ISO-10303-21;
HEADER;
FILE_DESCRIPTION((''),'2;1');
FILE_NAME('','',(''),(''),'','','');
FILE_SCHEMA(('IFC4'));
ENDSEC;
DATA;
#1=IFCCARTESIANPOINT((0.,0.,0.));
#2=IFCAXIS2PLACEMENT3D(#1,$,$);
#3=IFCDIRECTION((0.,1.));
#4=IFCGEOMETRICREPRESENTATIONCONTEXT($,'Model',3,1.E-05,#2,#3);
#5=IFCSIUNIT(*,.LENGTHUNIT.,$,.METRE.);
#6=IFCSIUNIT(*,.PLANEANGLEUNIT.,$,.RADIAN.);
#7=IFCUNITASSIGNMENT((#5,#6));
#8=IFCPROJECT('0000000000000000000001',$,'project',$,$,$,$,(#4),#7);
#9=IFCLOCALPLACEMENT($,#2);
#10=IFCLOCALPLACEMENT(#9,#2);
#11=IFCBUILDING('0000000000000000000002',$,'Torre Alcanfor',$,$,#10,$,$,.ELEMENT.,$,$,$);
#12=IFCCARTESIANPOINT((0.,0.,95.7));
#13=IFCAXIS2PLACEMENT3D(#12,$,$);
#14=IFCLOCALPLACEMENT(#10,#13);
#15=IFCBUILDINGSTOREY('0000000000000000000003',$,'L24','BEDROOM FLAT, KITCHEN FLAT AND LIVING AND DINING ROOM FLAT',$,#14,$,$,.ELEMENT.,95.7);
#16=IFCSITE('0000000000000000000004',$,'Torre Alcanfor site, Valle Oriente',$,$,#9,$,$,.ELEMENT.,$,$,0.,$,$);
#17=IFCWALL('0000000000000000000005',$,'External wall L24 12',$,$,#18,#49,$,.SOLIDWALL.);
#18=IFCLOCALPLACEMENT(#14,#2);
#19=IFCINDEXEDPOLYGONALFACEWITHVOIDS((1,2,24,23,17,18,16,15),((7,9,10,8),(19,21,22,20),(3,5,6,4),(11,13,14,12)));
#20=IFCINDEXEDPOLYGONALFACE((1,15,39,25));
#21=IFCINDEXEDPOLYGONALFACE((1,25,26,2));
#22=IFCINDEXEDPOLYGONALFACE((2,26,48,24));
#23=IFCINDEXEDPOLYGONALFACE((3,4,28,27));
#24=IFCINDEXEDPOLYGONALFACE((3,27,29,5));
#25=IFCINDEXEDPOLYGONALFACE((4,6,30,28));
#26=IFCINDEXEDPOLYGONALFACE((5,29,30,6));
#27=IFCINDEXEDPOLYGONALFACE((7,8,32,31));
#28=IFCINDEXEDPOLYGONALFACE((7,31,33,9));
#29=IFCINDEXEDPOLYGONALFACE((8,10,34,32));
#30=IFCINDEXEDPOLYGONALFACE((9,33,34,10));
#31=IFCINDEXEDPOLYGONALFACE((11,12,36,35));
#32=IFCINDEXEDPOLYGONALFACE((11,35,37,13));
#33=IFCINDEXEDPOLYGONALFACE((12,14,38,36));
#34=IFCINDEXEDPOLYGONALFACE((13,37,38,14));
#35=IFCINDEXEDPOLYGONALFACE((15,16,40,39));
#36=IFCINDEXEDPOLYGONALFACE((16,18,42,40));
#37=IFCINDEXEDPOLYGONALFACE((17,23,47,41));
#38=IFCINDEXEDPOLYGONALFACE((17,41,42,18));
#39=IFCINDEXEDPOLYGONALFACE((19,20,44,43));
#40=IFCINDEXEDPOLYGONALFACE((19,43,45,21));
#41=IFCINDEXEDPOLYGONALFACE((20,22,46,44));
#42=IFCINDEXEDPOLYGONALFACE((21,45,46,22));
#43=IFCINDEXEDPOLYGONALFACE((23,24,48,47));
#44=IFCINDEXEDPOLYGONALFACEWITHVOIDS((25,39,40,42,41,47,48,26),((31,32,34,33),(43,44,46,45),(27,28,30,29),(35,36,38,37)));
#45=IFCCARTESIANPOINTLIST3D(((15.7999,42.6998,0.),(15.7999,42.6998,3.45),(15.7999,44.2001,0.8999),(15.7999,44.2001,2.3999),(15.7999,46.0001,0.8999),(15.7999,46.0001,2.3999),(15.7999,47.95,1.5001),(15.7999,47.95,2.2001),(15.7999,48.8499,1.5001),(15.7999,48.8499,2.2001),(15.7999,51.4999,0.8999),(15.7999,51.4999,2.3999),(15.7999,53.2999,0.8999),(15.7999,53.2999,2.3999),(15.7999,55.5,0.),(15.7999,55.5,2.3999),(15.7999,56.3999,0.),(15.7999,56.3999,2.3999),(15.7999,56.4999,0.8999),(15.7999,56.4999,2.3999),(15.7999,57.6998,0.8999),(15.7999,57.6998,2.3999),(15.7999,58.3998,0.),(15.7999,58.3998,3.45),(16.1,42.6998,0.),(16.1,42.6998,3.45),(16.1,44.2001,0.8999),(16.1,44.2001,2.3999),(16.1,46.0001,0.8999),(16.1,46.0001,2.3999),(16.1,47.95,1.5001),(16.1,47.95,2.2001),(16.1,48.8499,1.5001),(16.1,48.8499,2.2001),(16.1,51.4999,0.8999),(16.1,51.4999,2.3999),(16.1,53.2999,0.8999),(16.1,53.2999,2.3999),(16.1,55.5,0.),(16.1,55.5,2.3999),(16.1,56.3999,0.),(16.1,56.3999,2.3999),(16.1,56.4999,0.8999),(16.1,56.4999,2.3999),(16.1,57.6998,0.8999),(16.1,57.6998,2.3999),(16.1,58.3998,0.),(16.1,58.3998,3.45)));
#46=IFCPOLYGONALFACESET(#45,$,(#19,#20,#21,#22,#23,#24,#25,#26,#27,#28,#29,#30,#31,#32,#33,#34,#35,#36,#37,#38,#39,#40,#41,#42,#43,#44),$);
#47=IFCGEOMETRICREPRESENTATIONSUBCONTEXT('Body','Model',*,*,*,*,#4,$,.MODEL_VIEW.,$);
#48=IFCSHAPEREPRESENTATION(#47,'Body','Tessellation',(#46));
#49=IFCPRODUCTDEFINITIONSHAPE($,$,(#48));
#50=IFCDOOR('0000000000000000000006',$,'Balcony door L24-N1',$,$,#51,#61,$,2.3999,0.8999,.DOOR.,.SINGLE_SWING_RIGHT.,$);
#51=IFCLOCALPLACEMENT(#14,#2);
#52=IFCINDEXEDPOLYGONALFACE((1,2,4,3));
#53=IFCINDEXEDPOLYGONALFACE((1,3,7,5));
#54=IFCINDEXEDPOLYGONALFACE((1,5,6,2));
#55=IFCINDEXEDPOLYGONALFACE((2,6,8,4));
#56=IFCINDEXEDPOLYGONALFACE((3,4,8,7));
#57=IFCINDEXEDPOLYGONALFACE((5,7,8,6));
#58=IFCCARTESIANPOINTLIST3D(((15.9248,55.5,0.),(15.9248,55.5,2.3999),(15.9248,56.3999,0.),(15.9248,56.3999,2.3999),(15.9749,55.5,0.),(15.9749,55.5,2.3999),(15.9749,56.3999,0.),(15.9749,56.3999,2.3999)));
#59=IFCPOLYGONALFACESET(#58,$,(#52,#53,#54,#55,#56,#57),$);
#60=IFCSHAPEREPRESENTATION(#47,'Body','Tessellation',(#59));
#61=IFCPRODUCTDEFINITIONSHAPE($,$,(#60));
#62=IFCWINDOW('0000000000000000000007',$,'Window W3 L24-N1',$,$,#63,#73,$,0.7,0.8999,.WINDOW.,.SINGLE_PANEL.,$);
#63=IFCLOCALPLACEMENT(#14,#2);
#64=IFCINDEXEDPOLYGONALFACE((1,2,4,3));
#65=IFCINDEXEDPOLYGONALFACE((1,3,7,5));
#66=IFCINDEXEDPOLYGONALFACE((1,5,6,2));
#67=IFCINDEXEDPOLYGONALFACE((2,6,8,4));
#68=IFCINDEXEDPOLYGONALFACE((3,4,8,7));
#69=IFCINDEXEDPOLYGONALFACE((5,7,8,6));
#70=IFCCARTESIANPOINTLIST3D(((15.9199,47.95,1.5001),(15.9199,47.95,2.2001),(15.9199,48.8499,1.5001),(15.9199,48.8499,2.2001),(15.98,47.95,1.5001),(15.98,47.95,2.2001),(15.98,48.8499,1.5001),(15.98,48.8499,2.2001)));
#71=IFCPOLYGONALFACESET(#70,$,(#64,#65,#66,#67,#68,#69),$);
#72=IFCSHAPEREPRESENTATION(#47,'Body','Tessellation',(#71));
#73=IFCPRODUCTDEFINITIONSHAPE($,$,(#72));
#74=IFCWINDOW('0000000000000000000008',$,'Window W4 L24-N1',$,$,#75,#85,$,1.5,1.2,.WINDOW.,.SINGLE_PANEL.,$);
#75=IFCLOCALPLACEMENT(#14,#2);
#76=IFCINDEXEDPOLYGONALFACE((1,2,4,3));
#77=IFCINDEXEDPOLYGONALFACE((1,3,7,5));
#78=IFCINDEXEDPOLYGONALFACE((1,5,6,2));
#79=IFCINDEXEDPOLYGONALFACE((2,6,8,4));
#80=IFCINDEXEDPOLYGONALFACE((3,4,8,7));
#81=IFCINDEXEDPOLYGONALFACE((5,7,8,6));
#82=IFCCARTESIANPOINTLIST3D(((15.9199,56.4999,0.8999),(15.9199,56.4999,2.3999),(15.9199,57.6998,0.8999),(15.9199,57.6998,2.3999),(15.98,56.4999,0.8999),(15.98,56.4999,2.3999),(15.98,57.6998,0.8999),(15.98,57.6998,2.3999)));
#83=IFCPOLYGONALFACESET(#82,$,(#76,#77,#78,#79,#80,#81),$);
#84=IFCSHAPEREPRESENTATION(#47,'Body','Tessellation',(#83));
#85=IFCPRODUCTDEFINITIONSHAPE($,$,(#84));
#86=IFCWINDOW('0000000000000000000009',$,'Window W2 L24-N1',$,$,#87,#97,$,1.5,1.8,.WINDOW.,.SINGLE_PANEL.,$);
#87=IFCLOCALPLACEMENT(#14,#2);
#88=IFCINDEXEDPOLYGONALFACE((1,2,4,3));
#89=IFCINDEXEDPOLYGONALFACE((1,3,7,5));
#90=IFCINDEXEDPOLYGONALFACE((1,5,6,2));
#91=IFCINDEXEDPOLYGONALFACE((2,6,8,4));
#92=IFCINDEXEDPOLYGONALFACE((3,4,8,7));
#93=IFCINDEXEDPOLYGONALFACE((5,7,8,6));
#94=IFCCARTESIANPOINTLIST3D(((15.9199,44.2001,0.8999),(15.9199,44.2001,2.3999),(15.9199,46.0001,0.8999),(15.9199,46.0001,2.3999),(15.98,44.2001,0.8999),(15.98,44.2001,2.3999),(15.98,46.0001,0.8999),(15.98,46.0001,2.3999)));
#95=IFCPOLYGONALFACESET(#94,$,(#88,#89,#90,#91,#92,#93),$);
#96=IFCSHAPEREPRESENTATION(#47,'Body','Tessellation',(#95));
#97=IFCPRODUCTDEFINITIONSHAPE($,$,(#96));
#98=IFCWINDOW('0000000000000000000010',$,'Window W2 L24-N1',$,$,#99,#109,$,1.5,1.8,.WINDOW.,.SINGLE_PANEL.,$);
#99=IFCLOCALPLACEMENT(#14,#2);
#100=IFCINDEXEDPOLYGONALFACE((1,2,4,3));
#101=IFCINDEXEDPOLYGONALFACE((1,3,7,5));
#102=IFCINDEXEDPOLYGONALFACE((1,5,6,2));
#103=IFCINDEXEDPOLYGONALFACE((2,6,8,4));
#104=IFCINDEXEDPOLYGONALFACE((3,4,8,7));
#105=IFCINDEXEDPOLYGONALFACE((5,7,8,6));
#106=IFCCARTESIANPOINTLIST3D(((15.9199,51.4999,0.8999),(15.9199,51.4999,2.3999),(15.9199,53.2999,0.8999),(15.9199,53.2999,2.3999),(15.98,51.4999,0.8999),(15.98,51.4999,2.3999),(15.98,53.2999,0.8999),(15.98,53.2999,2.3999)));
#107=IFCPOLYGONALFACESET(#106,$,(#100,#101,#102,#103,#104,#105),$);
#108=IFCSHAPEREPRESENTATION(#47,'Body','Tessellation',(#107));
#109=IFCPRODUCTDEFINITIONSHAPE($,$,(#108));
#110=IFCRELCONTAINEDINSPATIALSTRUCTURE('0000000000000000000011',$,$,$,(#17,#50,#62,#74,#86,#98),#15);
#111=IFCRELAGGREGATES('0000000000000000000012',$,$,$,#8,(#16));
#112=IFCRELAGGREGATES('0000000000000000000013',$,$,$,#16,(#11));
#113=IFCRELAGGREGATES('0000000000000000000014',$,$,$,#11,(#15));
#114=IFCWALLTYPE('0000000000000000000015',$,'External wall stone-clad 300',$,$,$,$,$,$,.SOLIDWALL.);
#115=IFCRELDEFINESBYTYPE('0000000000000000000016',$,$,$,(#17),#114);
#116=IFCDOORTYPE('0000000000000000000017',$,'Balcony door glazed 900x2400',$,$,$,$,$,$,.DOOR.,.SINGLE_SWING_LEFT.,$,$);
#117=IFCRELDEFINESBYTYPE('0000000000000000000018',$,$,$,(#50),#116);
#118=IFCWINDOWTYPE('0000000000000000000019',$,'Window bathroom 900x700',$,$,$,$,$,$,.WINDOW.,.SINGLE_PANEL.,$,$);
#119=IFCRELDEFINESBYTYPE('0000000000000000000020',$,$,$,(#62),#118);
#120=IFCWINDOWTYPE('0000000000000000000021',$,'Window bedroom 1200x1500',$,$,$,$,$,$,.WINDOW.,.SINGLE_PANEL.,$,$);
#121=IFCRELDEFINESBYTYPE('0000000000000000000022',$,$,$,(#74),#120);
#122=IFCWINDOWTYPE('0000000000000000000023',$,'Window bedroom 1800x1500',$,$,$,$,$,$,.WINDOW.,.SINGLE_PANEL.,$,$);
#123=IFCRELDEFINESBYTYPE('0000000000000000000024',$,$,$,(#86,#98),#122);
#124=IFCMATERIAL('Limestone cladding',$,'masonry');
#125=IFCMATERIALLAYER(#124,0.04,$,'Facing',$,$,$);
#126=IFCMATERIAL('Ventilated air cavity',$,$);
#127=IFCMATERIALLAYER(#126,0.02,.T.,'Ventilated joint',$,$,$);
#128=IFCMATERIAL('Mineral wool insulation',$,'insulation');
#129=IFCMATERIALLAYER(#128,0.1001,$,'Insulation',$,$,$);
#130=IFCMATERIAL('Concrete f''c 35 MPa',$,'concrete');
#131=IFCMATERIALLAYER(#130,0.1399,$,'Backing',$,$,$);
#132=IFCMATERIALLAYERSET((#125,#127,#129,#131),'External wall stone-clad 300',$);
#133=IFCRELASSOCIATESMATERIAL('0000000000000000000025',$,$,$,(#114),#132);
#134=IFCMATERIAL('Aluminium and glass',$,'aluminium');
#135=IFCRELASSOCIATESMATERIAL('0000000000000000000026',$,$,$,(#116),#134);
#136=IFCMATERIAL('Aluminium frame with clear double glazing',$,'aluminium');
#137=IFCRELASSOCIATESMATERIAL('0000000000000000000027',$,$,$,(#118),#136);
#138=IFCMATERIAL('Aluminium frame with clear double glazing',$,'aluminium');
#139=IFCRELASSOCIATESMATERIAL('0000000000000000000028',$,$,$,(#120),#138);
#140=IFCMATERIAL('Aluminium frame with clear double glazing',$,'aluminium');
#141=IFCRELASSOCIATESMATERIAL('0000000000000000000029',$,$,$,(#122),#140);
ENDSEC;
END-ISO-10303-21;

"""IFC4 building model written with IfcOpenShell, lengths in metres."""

from ifc_helpers import new_model, si_unit, direction, frame, frame_2d, origin, place, context, subcontext, project, spatial, rectangle, extrude, material, layer, layer_set, type_object, element, fill, save


model = new_model("IFC4")

# Units and contexts
model_context = context("Model", 3, precision=1e-05, world=origin(), true_north=direction((0.0, 1.0)))
body_context = subcontext(model_context, "Body", "Model", "MODEL_VIEW")
ifc_project = project(units=[si_unit("LENGTHUNIT", "METRE"), si_unit("PLANEANGLEUNIT", "RADIAN")], contexts=[model_context])

# Site, building, storey
site_placement = place(None, origin())
site = spatial("IfcSite", under=ifc_project, at=site_placement, Name="Torre Alcanfor site, Valle Oriente", CompositionType="ELEMENT", RefElevation=0.0)
building_placement = place(site_placement, origin())
building = spatial("IfcBuilding", under=site, at=building_placement, Name="Torre Alcanfor", CompositionType="ELEMENT")
storey_placement = place(building_placement, frame((0.0, 0.0, 95.7)))
storey = spatial("IfcBuildingStorey", under=building, at=storey_placement, Name="L24", Description="BEDROOM FLAT, KITCHEN FLAT AND LIVING AND DINING ROOM FLAT", CompositionType="ELEMENT", Elevation=95.7)

# Wall, openings, door, windows
ifc_material_1 = material(Name="Limestone cladding", Category="masonry")
ifc_layer_1 = layer(ifc_material_1, 0.04, Name="Facing")
ifc_material_2 = material(Name="Ventilated air cavity")
ifc_layer_2 = layer(ifc_material_2, 0.02, ventilated=True, Name="Ventilated joint")
ifc_material_3 = material(Name="Mineral wool insulation", Category="insulation")
ifc_layer_3 = layer(ifc_material_3, 0.1001, Name="Insulation")
ifc_material_4 = material(Name="Concrete f'c 35 MPa", Category="concrete")
ifc_layer_4 = layer(ifc_material_4, 0.1399, Name="Backing")
ifc_layer_set_1 = layer_set([ifc_layer_1, ifc_layer_2, ifc_layer_3, ifc_layer_4], Name="External wall stone-clad 300")
wall_type_1 = type_object("IfcWallType", Name="External wall stone-clad 300", PredefinedType="SOLIDWALL", material=ifc_layer_set_1)
ifc_material_5 = material(Name="Aluminium and glass", Category="aluminium")
door_type = type_object("IfcDoorType", Name="Balcony door glazed 900x2400", OperationType="SINGLE_SWING_LEFT", PredefinedType="DOOR", material=ifc_material_5)
ifc_material_6 = material(Name="Aluminium frame with clear double glazing", Category="aluminium")
window_type_1 = type_object("IfcWindowType", Name="Window bathroom 900x700", PartitioningType="SINGLE_PANEL", PredefinedType="WINDOW", material=ifc_material_6)
ifc_material_7 = material(Name="Aluminium frame with clear double glazing", Category="aluminium")
window_type_2 = type_object("IfcWindowType", Name="Window bedroom 1200x1500", PartitioningType="SINGLE_PANEL", PredefinedType="WINDOW", material=ifc_material_7)
ifc_material_8 = material(Name="Aluminium frame with clear double glazing", Category="aluminium")
window_type_3 = type_object("IfcWindowType", Name="Window bedroom 1800x1500", PartitioningType="SINGLE_PANEL", PredefinedType="WINDOW", material=ifc_material_8)
wall_1_placement = place(storey_placement, frame((15.95, 58.3999, 0.0), z_axis=(0.0, 0.0, 1.0), x_axis=(0.0, -1.0, 0.0)))
wall_1 = element("IfcWall", 1, at=wall_1_placement, inside=storey, type_object=wall_type_1, Name="External wall L24 12", PredefinedType="SOLIDWALL", context=body_context, shape_type="SweptSolid", body=[
    extrude(rectangle(XDim=15.7, YDim=0.3, at=frame_2d((7.8501, 0.0))), origin(), (0.0, 0.0, 1.0), 3.45),
])
opening_1_placement = place(wall_1_placement, frame((12.3999, 0.0, 0.8999)))
opening_1 = element("IfcOpeningElement", 2, at=opening_1_placement, cuts=wall_1, PredefinedType="OPENING", context=body_context, shape_type="SweptSolid", body=[
    extrude(rectangle(XDim=1.8, YDim=1.5, at=frame_2d((0.8999, 0.75))), frame((0.0, 0.1599, 0.0), z_axis=(0.0, -1.0, 0.0), x_axis=(1.0, 0.0, 0.0)), (0.0, 0.0, 1.0), 0.3201),
])
opening_2_placement = place(wall_1_placement, frame((9.55, 0.0, 1.5)))
opening_2 = element("IfcOpeningElement", 3, at=opening_2_placement, cuts=wall_1, PredefinedType="OPENING", context=body_context, shape_type="SweptSolid", body=[
    extrude(rectangle(XDim=0.8999, YDim=0.7, at=frame_2d((0.45, 0.3501))), frame((0.0, 0.1599, 0.0), z_axis=(0.0, -1.0, 0.0), x_axis=(1.0, 0.0, 0.0)), (0.0, 0.0, 1.0), 0.3201),
])
opening_3_placement = place(wall_1_placement, frame((5.1001, 0.0, 0.8999)))
opening_3 = element("IfcOpeningElement", 4, at=opening_3_placement, cuts=wall_1, PredefinedType="OPENING", context=body_context, shape_type="SweptSolid", body=[
    extrude(rectangle(XDim=1.8, YDim=1.5, at=frame_2d((0.8999, 0.75))), frame((0.0, 0.1599, 0.0), z_axis=(0.0, -1.0, 0.0), x_axis=(1.0, 0.0, 0.0)), (0.0, 0.0, 1.0), 0.3201),
])
opening_4_placement = place(wall_1_placement, frame((2.0, 0.0, 0.0)))
opening_4 = element("IfcOpeningElement", 5, at=opening_4_placement, cuts=wall_1, PredefinedType="OPENING", context=body_context, shape_type="SweptSolid", body=[
    extrude(rectangle(XDim=0.8999, YDim=2.3999, at=frame_2d((0.45, 1.2))), frame((0.0, 0.1599, 0.0), z_axis=(0.0, -1.0, 0.0), x_axis=(1.0, 0.0, 0.0)), (0.0, 0.0, 1.0), 0.3201),
])
opening_5_placement = place(wall_1_placement, frame((0.7, 0.0, 0.8999)))
opening_5 = element("IfcOpeningElement", 6, at=opening_5_placement, cuts=wall_1, PredefinedType="OPENING", context=body_context, shape_type="SweptSolid", body=[
    extrude(rectangle(XDim=1.2, YDim=1.5, at=frame_2d((0.6001, 0.75))), frame((0.0, 0.1599, 0.0), z_axis=(0.0, -1.0, 0.0), x_axis=(1.0, 0.0, 0.0)), (0.0, 0.0, 1.0), 0.3201),
])
door_1_placement = place(opening_4_placement, origin())
door_1 = element("IfcDoor", 7, at=door_1_placement, inside=storey, type_object=door_type, Name="Balcony door L24-N1", OperationType="SINGLE_SWING_RIGHT", OverallHeight=2.3999, OverallWidth=0.8999, PredefinedType="DOOR", context=body_context, shape_type="SweptSolid", body=[
    extrude(rectangle(XDim=0.8999, YDim=2.3999, at=frame_2d((0.45, 1.2))), frame((0.0, 0.0249, 0.0), z_axis=(0.0, -1.0, 0.0), x_axis=(1.0, 0.0, 0.0)), (0.0, 0.0, 1.0), 0.05),
])
fill(opening_4, door_1)
window_1_placement = place(opening_2_placement, origin())
window_1 = element("IfcWindow", 8, at=window_1_placement, inside=storey, type_object=window_type_1, Name="Window W3 L24-N1", OverallHeight=0.7, OverallWidth=0.8999, PartitioningType="SINGLE_PANEL", PredefinedType="WINDOW", context=body_context, shape_type="SweptSolid", body=[
    extrude(rectangle(XDim=0.8999, YDim=0.7, at=frame_2d((0.45, 0.3501))), frame((0.0, 0.03, 0.0), z_axis=(0.0, -1.0, 0.0), x_axis=(1.0, 0.0, 0.0)), (0.0, 0.0, 1.0), 0.0601),
])
fill(opening_2, window_1)
window_2_placement = place(opening_5_placement, origin())
window_2 = element("IfcWindow", 9, at=window_2_placement, inside=storey, type_object=window_type_2, Name="Window W4 L24-N1", OverallHeight=1.5, OverallWidth=1.2, PartitioningType="SINGLE_PANEL", PredefinedType="WINDOW", context=body_context, shape_type="SweptSolid", body=[
    extrude(rectangle(XDim=1.2, YDim=1.5, at=frame_2d((0.6001, 0.75))), frame((0.0, 0.03, 0.0), z_axis=(0.0, -1.0, 0.0), x_axis=(1.0, 0.0, 0.0)), (0.0, 0.0, 1.0), 0.0601),
])
fill(opening_5, window_2)
window_3_placement = place(opening_1_placement, origin())
window_3 = element("IfcWindow", 10, at=window_3_placement, inside=storey, type_object=window_type_3, Name="Window W2 L24-N1", OverallHeight=1.5, OverallWidth=1.8, PartitioningType="SINGLE_PANEL", PredefinedType="WINDOW", context=body_context, shape_type="SweptSolid", body=[
    extrude(rectangle(XDim=1.8, YDim=1.5, at=frame_2d((0.8999, 0.75))), frame((0.0, 0.03, 0.0), z_axis=(0.0, -1.0, 0.0), x_axis=(1.0, 0.0, 0.0)), (0.0, 0.0, 1.0), 0.0601),
])
fill(opening_1, window_3)
window_4_placement = place(opening_3_placement, origin())
window_4 = element("IfcWindow", 11, at=window_4_placement, inside=storey, type_object=window_type_3, Name="Window W2 L24-N1", OverallHeight=1.5, OverallWidth=1.8, PartitioningType="SINGLE_PANEL", PredefinedType="WINDOW", context=body_context, shape_type="SweptSolid", body=[
    extrude(rectangle(XDim=1.8, YDim=1.5, at=frame_2d((0.8999, 0.75))), frame((0.0, 0.03, 0.0), z_axis=(0.0, -1.0, 0.0), x_axis=(1.0, 0.0, 0.0)), (0.0, 0.0, 1.0), 0.0601),
])
fill(opening_3, window_4)

save(model, "model.ifc")
